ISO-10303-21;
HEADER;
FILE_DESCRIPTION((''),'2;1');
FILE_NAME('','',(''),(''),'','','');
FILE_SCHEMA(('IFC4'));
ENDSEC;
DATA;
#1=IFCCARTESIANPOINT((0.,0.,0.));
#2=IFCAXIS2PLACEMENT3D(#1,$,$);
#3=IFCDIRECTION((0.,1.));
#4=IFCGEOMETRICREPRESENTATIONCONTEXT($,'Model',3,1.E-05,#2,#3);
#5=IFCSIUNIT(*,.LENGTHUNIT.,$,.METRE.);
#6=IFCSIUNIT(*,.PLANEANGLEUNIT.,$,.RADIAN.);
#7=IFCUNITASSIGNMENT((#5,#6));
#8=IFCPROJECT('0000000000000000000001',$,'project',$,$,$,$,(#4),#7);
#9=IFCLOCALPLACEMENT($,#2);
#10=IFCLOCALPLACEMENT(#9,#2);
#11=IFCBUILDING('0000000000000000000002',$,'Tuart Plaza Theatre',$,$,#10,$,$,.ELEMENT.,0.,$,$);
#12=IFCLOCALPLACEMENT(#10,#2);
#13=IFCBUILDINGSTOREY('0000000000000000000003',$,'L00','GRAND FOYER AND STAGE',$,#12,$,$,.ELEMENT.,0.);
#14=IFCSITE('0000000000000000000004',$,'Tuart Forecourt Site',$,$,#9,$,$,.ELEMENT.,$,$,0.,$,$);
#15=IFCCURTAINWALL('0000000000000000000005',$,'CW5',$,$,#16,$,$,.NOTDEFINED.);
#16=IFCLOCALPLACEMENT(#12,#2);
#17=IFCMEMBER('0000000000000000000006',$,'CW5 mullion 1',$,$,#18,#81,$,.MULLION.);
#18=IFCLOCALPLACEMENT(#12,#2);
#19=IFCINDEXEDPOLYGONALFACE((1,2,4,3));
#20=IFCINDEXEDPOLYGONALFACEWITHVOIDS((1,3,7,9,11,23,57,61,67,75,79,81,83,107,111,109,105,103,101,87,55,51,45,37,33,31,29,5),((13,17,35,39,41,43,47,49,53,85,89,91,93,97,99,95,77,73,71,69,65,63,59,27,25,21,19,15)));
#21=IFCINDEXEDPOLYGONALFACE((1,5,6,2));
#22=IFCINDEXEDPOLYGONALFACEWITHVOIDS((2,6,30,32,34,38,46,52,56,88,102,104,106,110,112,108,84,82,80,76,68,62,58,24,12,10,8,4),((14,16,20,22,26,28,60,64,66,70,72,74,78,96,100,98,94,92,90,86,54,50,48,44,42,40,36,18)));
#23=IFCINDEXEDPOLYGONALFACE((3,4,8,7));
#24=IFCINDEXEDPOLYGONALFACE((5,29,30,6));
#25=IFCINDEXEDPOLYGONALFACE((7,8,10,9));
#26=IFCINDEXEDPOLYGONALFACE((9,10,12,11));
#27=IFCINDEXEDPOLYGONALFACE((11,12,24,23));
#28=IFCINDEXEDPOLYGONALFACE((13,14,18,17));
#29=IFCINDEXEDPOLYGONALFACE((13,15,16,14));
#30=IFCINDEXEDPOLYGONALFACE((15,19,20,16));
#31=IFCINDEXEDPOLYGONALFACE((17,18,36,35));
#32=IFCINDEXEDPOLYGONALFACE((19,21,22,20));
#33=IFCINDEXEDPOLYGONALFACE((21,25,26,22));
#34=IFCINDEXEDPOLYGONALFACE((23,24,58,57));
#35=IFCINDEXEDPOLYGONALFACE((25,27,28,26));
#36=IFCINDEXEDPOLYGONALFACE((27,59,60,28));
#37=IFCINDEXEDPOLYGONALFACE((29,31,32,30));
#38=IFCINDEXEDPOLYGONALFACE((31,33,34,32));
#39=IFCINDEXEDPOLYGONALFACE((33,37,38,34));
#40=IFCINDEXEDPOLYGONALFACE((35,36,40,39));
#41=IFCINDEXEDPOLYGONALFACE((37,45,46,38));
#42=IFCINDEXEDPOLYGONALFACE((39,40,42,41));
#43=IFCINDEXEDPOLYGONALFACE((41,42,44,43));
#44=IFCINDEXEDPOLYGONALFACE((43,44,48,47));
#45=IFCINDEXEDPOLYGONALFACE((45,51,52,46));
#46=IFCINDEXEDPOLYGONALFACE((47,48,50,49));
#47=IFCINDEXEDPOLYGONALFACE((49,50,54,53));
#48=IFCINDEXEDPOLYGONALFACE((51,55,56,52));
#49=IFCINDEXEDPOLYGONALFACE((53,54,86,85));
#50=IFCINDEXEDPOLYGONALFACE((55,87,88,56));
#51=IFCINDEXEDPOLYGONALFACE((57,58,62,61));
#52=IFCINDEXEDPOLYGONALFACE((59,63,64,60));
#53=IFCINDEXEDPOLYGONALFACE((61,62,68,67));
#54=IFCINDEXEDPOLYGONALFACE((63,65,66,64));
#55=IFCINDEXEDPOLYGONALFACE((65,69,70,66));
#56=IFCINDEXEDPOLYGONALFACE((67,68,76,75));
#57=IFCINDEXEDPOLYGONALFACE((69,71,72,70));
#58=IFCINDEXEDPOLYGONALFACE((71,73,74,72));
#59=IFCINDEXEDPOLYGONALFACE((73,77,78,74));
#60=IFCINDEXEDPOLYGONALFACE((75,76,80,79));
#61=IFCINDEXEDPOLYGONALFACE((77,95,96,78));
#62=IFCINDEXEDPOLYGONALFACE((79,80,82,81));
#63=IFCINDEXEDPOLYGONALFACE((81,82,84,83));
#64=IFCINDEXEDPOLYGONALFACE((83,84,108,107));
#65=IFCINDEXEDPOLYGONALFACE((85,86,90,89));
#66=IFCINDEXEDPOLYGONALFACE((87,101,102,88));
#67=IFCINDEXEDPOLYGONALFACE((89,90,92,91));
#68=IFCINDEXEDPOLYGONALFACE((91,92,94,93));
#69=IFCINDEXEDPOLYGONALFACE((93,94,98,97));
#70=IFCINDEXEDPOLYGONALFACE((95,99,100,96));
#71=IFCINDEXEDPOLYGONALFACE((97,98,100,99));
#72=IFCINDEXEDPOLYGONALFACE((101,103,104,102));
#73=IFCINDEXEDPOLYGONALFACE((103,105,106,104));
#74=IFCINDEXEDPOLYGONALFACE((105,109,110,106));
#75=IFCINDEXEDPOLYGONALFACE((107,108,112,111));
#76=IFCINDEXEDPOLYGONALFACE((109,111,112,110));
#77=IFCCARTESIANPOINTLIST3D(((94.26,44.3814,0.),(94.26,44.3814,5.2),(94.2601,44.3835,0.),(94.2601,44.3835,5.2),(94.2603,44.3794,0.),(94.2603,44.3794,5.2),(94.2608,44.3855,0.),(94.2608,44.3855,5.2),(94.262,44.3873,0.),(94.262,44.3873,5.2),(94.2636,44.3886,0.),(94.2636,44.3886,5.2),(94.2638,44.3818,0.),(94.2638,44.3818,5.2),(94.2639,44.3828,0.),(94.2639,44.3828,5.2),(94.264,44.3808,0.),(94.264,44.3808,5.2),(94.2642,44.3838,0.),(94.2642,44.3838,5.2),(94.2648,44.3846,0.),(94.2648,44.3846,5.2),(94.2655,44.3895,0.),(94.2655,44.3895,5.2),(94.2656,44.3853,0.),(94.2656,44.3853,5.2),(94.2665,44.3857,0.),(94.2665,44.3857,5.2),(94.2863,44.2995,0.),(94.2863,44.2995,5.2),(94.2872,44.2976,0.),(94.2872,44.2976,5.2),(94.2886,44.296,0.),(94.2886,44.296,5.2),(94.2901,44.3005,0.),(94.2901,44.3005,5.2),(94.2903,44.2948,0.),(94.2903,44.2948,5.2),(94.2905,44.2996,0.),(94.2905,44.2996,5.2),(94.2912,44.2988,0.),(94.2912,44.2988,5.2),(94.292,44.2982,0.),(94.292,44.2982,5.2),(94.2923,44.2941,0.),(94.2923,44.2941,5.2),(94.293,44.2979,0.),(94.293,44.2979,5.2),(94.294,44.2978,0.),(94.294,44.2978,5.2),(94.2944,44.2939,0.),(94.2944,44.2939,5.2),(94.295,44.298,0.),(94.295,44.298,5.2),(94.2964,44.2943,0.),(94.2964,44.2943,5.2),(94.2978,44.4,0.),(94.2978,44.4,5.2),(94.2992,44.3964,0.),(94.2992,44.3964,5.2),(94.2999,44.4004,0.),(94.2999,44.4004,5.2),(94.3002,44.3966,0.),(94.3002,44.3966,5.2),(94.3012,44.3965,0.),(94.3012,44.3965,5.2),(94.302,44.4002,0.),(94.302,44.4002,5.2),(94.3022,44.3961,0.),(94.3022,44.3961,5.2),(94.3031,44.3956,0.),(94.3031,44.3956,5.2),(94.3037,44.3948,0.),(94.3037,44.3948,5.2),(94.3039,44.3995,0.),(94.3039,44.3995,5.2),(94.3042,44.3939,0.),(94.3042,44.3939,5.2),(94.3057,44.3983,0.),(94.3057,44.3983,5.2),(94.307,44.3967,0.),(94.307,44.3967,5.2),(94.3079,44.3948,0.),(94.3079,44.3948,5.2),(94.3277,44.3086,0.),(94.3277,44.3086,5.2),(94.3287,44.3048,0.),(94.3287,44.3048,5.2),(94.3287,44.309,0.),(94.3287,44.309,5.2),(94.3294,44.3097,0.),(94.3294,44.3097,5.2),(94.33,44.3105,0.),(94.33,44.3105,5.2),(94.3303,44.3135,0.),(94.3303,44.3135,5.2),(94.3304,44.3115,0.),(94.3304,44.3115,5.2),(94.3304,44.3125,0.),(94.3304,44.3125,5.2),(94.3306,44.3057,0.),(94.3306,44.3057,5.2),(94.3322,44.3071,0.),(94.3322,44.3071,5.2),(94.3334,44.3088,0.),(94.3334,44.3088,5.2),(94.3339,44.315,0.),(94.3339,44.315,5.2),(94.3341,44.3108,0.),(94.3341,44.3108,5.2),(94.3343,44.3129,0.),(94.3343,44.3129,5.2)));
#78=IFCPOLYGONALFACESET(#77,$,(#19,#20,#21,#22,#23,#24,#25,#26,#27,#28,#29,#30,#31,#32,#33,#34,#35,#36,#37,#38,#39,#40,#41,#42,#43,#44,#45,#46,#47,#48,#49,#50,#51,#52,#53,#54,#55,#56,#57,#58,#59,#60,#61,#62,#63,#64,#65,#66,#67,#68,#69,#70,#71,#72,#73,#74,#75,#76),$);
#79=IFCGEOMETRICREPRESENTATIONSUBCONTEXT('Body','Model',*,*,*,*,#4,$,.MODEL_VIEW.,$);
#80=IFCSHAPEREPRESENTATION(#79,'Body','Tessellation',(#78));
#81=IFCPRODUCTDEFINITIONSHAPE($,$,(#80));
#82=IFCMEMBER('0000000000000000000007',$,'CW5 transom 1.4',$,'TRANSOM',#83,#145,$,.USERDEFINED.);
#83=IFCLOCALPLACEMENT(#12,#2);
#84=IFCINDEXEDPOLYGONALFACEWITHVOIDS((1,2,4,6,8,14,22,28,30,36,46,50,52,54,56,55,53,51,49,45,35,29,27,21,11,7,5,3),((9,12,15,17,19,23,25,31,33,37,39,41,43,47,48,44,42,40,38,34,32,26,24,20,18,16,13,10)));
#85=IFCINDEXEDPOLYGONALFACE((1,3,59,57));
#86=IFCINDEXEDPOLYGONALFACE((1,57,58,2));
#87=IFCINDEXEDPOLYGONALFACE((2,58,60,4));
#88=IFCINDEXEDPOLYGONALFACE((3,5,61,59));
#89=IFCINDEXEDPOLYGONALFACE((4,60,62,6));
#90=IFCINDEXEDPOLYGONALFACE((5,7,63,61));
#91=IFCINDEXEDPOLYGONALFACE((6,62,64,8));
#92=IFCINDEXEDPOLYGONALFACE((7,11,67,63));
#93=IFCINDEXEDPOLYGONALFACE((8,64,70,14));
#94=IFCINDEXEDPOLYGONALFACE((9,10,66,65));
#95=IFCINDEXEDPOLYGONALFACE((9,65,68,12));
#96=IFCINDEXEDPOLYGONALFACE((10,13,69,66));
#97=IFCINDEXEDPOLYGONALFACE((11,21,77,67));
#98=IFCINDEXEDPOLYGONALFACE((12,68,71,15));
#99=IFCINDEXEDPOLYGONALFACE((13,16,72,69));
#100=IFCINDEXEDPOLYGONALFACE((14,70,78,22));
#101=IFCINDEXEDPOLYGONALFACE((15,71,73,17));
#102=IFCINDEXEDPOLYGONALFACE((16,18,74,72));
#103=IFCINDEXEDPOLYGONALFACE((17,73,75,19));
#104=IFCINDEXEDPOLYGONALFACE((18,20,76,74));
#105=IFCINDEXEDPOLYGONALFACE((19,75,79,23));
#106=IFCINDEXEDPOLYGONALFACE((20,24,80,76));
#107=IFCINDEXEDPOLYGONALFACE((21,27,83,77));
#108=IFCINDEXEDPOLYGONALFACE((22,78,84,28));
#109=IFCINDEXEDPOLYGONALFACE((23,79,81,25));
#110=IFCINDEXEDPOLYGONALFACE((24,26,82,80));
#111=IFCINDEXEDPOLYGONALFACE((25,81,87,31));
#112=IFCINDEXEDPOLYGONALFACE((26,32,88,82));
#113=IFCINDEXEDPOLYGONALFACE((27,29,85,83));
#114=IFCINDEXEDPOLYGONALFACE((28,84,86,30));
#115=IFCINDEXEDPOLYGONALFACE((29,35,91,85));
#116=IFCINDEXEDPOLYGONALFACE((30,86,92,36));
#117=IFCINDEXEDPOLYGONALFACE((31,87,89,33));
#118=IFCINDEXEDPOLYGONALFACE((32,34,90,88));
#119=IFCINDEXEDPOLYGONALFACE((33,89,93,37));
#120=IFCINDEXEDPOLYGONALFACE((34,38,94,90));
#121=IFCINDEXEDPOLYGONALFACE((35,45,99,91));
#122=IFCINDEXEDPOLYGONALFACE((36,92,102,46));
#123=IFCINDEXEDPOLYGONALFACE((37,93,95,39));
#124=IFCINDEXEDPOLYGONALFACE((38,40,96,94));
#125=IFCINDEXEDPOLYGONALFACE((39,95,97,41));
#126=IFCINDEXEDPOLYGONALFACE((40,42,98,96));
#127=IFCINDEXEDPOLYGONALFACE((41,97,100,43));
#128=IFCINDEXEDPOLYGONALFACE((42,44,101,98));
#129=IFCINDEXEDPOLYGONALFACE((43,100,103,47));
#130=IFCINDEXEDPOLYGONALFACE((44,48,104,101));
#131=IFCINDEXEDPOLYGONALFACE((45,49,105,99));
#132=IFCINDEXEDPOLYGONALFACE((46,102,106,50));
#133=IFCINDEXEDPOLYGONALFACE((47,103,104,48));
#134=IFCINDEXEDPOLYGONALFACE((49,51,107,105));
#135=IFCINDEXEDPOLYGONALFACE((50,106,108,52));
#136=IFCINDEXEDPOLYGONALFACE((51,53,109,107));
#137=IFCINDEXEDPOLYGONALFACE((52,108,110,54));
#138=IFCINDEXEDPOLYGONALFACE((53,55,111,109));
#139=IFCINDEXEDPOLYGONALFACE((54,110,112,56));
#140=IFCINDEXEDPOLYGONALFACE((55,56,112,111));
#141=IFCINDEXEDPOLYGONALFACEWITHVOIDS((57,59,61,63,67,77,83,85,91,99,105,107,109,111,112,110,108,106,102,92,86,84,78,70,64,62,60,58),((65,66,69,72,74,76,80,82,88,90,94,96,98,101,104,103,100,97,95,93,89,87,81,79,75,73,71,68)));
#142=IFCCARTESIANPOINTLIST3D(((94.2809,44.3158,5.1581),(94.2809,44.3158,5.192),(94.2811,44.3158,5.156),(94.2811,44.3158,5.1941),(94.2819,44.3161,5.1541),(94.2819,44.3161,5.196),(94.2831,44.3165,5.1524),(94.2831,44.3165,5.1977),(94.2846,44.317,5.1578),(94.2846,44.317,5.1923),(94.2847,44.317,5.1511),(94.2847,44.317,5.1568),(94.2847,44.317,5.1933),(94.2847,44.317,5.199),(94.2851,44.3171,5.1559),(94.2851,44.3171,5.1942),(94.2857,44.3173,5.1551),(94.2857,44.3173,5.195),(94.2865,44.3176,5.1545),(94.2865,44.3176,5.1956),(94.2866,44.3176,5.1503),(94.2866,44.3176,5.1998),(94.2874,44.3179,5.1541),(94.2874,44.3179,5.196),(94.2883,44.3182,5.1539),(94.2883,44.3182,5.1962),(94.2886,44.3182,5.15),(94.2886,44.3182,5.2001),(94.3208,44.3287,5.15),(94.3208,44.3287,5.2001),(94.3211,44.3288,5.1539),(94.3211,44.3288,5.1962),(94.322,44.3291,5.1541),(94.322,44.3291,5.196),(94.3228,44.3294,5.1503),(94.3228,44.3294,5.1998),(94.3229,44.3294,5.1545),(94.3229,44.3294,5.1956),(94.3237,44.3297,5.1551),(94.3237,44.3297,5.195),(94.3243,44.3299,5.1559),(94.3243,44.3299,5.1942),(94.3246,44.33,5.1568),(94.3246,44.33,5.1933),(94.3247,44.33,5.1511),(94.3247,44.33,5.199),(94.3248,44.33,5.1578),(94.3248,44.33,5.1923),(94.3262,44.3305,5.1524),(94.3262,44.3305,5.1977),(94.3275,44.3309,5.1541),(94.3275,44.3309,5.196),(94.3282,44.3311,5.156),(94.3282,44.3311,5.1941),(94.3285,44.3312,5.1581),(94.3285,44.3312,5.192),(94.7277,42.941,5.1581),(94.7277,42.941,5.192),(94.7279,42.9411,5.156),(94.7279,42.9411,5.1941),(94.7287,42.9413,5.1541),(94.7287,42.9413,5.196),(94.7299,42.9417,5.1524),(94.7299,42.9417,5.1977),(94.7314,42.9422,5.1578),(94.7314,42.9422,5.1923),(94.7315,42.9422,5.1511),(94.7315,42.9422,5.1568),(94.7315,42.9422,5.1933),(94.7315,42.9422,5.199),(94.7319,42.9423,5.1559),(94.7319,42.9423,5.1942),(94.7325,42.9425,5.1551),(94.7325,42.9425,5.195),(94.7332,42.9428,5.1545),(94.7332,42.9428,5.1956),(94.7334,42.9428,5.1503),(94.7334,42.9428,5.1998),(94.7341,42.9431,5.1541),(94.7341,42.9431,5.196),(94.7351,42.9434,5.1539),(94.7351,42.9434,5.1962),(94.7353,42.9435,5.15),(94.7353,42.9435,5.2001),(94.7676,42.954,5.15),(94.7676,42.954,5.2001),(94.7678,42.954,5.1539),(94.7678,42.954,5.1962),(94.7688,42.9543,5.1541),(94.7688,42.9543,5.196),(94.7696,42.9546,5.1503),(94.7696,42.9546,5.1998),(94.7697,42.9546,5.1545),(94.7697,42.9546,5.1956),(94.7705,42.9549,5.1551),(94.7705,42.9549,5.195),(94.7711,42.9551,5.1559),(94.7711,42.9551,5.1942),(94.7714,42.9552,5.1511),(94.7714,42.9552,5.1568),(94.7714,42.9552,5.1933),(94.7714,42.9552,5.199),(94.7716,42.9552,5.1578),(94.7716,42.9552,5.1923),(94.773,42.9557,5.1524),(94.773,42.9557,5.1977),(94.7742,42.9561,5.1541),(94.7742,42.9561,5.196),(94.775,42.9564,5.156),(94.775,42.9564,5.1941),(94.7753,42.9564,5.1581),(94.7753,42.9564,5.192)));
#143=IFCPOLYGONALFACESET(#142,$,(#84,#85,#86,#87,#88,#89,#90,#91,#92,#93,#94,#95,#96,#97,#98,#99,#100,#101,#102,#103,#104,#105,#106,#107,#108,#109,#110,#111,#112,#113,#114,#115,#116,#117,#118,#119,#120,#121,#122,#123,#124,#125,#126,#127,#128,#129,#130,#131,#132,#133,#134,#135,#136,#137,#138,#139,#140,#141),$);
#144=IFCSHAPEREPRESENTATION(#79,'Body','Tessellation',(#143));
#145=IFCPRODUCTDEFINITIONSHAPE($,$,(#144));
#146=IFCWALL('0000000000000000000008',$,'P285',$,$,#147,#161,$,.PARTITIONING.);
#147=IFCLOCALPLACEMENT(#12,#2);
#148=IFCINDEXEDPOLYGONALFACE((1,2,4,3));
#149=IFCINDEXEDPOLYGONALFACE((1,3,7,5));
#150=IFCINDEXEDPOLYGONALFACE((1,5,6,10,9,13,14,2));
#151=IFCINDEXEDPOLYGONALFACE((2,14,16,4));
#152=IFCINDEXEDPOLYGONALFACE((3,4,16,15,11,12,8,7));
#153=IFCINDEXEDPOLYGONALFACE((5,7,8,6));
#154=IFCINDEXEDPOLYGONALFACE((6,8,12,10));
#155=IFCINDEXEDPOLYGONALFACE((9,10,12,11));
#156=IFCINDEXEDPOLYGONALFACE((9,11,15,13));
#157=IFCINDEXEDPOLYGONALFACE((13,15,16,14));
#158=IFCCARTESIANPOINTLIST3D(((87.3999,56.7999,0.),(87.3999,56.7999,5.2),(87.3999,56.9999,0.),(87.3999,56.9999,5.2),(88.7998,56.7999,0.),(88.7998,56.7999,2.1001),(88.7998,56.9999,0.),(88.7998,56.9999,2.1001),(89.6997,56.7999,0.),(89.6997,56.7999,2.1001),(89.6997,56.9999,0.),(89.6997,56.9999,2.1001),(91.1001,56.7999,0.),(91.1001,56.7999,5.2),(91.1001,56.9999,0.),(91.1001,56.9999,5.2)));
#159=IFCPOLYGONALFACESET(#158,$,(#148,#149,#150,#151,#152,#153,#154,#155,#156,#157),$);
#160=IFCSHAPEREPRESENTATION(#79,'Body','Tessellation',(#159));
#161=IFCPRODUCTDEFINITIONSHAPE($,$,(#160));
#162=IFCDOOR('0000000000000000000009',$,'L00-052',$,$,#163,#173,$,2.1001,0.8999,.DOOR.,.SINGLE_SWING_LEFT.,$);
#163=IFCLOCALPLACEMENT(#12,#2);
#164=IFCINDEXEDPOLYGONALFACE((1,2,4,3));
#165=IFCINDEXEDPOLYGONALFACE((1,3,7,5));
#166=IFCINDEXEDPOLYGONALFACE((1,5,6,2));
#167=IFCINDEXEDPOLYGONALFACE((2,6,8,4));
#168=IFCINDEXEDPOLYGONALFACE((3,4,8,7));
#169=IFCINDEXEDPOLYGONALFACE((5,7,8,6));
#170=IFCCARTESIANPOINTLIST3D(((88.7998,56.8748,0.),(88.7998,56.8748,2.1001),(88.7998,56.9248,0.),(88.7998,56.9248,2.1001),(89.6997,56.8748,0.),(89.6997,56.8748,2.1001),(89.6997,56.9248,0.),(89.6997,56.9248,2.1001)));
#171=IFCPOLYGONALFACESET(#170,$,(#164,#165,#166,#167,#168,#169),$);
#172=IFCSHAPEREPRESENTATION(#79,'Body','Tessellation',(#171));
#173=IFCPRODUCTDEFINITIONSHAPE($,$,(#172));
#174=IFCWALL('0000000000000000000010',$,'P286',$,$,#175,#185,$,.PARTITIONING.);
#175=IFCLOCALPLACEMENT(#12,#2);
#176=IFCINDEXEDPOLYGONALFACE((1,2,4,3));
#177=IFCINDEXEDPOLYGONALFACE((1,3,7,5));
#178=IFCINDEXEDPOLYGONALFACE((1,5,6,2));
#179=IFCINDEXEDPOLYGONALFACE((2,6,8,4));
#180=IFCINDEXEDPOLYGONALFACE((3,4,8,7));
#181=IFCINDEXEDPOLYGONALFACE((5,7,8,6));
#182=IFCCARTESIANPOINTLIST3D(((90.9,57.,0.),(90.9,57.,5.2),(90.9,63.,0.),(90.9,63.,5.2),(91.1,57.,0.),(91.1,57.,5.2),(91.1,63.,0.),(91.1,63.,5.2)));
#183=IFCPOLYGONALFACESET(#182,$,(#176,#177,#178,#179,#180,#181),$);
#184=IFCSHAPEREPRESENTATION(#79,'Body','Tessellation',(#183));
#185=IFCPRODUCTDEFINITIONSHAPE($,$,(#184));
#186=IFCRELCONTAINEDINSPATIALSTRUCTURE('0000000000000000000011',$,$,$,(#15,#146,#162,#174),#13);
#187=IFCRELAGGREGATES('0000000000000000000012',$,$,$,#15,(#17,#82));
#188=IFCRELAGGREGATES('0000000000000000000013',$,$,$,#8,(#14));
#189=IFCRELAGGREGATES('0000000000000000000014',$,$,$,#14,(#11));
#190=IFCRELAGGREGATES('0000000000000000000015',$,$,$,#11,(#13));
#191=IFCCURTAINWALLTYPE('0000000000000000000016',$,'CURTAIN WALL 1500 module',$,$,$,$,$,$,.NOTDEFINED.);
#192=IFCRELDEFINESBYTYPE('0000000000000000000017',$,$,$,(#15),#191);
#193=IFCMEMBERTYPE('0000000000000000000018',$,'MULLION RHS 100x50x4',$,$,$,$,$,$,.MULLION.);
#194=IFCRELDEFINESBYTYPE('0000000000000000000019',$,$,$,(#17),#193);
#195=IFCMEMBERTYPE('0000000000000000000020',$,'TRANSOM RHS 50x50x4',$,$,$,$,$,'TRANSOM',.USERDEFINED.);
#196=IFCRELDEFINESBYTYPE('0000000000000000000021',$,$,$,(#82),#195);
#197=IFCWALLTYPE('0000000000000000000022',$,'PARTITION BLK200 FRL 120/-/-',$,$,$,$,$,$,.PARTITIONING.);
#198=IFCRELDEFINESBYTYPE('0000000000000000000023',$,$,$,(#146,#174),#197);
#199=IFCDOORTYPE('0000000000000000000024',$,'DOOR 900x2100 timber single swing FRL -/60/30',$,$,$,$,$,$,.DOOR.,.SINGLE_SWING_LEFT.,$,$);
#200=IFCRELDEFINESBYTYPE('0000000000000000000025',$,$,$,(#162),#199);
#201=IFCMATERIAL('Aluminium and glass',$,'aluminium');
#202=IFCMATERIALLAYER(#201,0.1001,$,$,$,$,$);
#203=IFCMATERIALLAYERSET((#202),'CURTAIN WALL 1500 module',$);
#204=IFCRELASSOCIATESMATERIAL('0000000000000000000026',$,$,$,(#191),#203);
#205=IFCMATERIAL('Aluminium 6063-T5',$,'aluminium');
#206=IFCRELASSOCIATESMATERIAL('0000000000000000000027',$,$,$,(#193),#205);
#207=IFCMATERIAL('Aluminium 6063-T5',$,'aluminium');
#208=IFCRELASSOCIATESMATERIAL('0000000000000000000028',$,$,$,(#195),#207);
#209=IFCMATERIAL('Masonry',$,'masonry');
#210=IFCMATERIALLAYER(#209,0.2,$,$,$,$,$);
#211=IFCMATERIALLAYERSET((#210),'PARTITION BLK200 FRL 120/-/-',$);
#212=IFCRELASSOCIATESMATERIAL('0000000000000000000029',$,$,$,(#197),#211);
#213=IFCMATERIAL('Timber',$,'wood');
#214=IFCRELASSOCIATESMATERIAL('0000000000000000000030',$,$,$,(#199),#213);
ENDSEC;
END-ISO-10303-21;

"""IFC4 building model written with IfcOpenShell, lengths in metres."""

from ifc_helpers import new_model, si_unit, direction, frame, frame_2d, origin, origin_2d, place, context, subcontext, project, spatial, rectangle, hollow_rectangle, extrude, material, layer, layer_set, material_profile, profile_set, type_object, element, fill, aggregate, save


model = new_model("IFC4")

# Units and contexts
model_context = context("Model", 3, precision=1e-05, world=origin(), true_north=direction((0.0, 1.0)))
body_context = subcontext(model_context, "Body", "Model", "MODEL_VIEW")
ifc_project = project(units=[si_unit("LENGTHUNIT", "METRE"), si_unit("PLANEANGLEUNIT", "RADIAN")], contexts=[model_context])

# Site, building, storey
site_placement = place(None, origin())
site = spatial("IfcSite", under=ifc_project, at=site_placement, Name="Tuart Forecourt Site", CompositionType="ELEMENT", RefElevation=0.0)
building_placement = place(site_placement, origin())
building = spatial("IfcBuilding", under=site, at=building_placement, Name="Tuart Plaza Theatre", CompositionType="ELEMENT", ElevationOfRefHeight=0.0)
storey_placement = place(building_placement, origin())
storey = spatial("IfcBuildingStorey", under=building, at=storey_placement, Name="L00", Description="GRAND FOYER AND STAGE", CompositionType="ELEMENT", Elevation=0.0)

# Shared definitions
ifc_material_1 = material(Name="Aluminium and glass", Category="aluminium")
ifc_layer_1 = layer(ifc_material_1, 0.1001)
ifc_layer_set_1 = layer_set([ifc_layer_1], Name="CURTAIN WALL 1500 module")
curtain_wall_type = type_object("IfcCurtainWallType", Name="CURTAIN WALL 1500 module", PredefinedType="NOTDEFINED", material=ifc_layer_set_1)
ifc_material_2 = material(Name="Aluminium 6063-T5", Category="aluminium")
ifc_material_profile_1 = material_profile(ifc_material_2, hollow_rectangle(XDim=0.05, YDim=0.1001, WallThickness=0.0039, InnerFilletRadius=0.0039, OuterFilletRadius=0.0081, at=origin_2d()), Name="RHS 100x50x4")
ifc_profile_set_1 = profile_set([ifc_material_profile_1], Name="Aluminium 6063-T5")
member_type_1 = type_object("IfcMemberType", Name="MULLION RHS 100x50x4", PredefinedType="MULLION", material=ifc_profile_set_1)

# Curtain wall, members
curtain_wall_1_placement = place(storey_placement, origin())
curtain_wall_1 = element("IfcCurtainWall", 1, at=curtain_wall_1_placement, inside=storey, type_object=curtain_wall_type, Name="CW5", PredefinedType="NOTDEFINED")
member_1_placement = place(storey_placement, frame((94.2971, 44.3472, 0.0), z_axis=(0.0, 0.0, 1.0), x_axis=(0.951056, 0.309018, 0.0)))
member_1 = element("IfcMember", 2, at=member_1_placement, type_object=member_type_1, Name="CW5 mullion 1", PredefinedType="MULLION", context=body_context, shape_type="SweptSolid", body=[
    extrude(hollow_rectangle(XDim=0.05, YDim=0.1001, WallThickness=0.0039, InnerFilletRadius=0.0039, OuterFilletRadius=0.0081, at=origin_2d()), origin(), (0.0, 0.0, 1.0), 5.2),
])
ifc_material_3 = material(Name="Aluminium 6063-T5", Category="aluminium")
ifc_material_profile_2 = material_profile(ifc_material_3, hollow_rectangle(XDim=0.05, YDim=0.05, WallThickness=0.0039, InnerFilletRadius=0.0039, OuterFilletRadius=0.0081, at=origin_2d()), Name="RHS 50x50x4")
ifc_profile_set_2 = profile_set([ifc_material_profile_2], Name="Aluminium 6063-T5")
member_type_2 = type_object("IfcMemberType", Name="TRANSOM RHS 50x50x4", ElementType="TRANSOM", PredefinedType="USERDEFINED", material=ifc_profile_set_2)
member_2_placement = place(storey_placement, frame((94.3047, 44.3235, 5.175), z_axis=(0.309075, -0.951038, 0.0), x_axis=(0.951038, 0.309075, 0.0)))
member_2 = element("IfcMember", 3, at=member_2_placement, type_object=member_type_2, Name="CW5 transom 1.4", ObjectType="TRANSOM", PredefinedType="USERDEFINED", context=body_context, shape_type="SweptSolid", body=[
    extrude(hollow_rectangle(XDim=0.05, YDim=0.05, WallThickness=0.0039, InnerFilletRadius=0.0039, OuterFilletRadius=0.0081, at=origin_2d()), origin(), (0.0, 0.0, 1.0), 1.4456),
])
aggregate(curtain_wall_1, [member_1, member_2])

# Wall, opening, door
ifc_material_4 = material(Name="Masonry", Category="masonry")
ifc_layer_2 = layer(ifc_material_4, 0.2)
ifc_layer_set_2 = layer_set([ifc_layer_2], Name="PARTITION BLK200 FRL 120/-/-")
wall_type_1 = type_object("IfcWallType", Name="PARTITION BLK200 FRL 120/-/-", PredefinedType="PARTITIONING", material=ifc_layer_set_2)
wall_1_placement = place(storey_placement, frame((87.3999, 56.8999, 0.0), z_axis=(0.0, 0.0, 1.0), x_axis=(1.0, 0.0, 0.0)))
wall_1 = element("IfcWall", 4, at=wall_1_placement, inside=storey, type_object=wall_type_1, Name="P285", PredefinedType="PARTITIONING", context=body_context, shape_type="SweptSolid", body=[
    extrude(rectangle(XDim=3.7002, YDim=0.2, at=frame_2d((1.8501, 0.0))), origin(), (0.0, 0.0, 1.0), 5.2),
])
opening_1_placement = place(wall_1_placement, frame((1.3999, 0.0, 0.0)))
opening_1 = element("IfcOpeningElement", 5, at=opening_1_placement, cuts=wall_1, PredefinedType="OPENING", context=body_context, shape_type="SweptSolid", body=[
    extrude(rectangle(XDim=0.8999, YDim=2.1001, at=frame_2d((0.45, 1.05))), frame((0.0, 0.1099, 0.0), z_axis=(0.0, -1.0, 0.0), x_axis=(1.0, 0.0, 0.0)), (0.0, 0.0, 1.0), 0.22),
])
ifc_material_5 = material(Name="Timber", Category="wood")
door_type_1 = type_object("IfcDoorType", Name="DOOR 900x2100 timber single swing FRL -/60/30", OperationType="SINGLE_SWING_LEFT", PredefinedType="DOOR", material=ifc_material_5)
door_1_placement = place(opening_1_placement, origin())
door_1 = element("IfcDoor", 6, at=door_1_placement, inside=storey, type_object=door_type_1, Name="L00-052", OperationType="SINGLE_SWING_LEFT", OverallHeight=2.1001, OverallWidth=0.8999, PredefinedType="DOOR", context=body_context, shape_type="SweptSolid", body=[
    extrude(rectangle(XDim=0.8999, YDim=2.1001, at=frame_2d((0.45, 1.05))), frame((0.0, 0.0249, 0.0), z_axis=(0.0, -1.0, 0.0), x_axis=(1.0, 0.0, 0.0)), (0.0, 0.0, 1.0), 0.05),
])
fill(opening_1, door_1)

# Wall
wall_2_placement = place(storey_placement, frame((91.0, 57.0, 0.0), z_axis=(0.0, 0.0, 1.0), x_axis=(0.0, 1.0, 0.0)))
element("IfcWall", 7, at=wall_2_placement, inside=storey, type_object=wall_type_1, Name="P286", PredefinedType="PARTITIONING", context=body_context, shape_type="SweptSolid", body=[
    extrude(rectangle(XDim=6.0, YDim=0.2, at=frame_2d((3.0, 0.0))), origin(), (0.0, 0.0, 1.0), 5.2),
])

save(model, "model.ifc")
